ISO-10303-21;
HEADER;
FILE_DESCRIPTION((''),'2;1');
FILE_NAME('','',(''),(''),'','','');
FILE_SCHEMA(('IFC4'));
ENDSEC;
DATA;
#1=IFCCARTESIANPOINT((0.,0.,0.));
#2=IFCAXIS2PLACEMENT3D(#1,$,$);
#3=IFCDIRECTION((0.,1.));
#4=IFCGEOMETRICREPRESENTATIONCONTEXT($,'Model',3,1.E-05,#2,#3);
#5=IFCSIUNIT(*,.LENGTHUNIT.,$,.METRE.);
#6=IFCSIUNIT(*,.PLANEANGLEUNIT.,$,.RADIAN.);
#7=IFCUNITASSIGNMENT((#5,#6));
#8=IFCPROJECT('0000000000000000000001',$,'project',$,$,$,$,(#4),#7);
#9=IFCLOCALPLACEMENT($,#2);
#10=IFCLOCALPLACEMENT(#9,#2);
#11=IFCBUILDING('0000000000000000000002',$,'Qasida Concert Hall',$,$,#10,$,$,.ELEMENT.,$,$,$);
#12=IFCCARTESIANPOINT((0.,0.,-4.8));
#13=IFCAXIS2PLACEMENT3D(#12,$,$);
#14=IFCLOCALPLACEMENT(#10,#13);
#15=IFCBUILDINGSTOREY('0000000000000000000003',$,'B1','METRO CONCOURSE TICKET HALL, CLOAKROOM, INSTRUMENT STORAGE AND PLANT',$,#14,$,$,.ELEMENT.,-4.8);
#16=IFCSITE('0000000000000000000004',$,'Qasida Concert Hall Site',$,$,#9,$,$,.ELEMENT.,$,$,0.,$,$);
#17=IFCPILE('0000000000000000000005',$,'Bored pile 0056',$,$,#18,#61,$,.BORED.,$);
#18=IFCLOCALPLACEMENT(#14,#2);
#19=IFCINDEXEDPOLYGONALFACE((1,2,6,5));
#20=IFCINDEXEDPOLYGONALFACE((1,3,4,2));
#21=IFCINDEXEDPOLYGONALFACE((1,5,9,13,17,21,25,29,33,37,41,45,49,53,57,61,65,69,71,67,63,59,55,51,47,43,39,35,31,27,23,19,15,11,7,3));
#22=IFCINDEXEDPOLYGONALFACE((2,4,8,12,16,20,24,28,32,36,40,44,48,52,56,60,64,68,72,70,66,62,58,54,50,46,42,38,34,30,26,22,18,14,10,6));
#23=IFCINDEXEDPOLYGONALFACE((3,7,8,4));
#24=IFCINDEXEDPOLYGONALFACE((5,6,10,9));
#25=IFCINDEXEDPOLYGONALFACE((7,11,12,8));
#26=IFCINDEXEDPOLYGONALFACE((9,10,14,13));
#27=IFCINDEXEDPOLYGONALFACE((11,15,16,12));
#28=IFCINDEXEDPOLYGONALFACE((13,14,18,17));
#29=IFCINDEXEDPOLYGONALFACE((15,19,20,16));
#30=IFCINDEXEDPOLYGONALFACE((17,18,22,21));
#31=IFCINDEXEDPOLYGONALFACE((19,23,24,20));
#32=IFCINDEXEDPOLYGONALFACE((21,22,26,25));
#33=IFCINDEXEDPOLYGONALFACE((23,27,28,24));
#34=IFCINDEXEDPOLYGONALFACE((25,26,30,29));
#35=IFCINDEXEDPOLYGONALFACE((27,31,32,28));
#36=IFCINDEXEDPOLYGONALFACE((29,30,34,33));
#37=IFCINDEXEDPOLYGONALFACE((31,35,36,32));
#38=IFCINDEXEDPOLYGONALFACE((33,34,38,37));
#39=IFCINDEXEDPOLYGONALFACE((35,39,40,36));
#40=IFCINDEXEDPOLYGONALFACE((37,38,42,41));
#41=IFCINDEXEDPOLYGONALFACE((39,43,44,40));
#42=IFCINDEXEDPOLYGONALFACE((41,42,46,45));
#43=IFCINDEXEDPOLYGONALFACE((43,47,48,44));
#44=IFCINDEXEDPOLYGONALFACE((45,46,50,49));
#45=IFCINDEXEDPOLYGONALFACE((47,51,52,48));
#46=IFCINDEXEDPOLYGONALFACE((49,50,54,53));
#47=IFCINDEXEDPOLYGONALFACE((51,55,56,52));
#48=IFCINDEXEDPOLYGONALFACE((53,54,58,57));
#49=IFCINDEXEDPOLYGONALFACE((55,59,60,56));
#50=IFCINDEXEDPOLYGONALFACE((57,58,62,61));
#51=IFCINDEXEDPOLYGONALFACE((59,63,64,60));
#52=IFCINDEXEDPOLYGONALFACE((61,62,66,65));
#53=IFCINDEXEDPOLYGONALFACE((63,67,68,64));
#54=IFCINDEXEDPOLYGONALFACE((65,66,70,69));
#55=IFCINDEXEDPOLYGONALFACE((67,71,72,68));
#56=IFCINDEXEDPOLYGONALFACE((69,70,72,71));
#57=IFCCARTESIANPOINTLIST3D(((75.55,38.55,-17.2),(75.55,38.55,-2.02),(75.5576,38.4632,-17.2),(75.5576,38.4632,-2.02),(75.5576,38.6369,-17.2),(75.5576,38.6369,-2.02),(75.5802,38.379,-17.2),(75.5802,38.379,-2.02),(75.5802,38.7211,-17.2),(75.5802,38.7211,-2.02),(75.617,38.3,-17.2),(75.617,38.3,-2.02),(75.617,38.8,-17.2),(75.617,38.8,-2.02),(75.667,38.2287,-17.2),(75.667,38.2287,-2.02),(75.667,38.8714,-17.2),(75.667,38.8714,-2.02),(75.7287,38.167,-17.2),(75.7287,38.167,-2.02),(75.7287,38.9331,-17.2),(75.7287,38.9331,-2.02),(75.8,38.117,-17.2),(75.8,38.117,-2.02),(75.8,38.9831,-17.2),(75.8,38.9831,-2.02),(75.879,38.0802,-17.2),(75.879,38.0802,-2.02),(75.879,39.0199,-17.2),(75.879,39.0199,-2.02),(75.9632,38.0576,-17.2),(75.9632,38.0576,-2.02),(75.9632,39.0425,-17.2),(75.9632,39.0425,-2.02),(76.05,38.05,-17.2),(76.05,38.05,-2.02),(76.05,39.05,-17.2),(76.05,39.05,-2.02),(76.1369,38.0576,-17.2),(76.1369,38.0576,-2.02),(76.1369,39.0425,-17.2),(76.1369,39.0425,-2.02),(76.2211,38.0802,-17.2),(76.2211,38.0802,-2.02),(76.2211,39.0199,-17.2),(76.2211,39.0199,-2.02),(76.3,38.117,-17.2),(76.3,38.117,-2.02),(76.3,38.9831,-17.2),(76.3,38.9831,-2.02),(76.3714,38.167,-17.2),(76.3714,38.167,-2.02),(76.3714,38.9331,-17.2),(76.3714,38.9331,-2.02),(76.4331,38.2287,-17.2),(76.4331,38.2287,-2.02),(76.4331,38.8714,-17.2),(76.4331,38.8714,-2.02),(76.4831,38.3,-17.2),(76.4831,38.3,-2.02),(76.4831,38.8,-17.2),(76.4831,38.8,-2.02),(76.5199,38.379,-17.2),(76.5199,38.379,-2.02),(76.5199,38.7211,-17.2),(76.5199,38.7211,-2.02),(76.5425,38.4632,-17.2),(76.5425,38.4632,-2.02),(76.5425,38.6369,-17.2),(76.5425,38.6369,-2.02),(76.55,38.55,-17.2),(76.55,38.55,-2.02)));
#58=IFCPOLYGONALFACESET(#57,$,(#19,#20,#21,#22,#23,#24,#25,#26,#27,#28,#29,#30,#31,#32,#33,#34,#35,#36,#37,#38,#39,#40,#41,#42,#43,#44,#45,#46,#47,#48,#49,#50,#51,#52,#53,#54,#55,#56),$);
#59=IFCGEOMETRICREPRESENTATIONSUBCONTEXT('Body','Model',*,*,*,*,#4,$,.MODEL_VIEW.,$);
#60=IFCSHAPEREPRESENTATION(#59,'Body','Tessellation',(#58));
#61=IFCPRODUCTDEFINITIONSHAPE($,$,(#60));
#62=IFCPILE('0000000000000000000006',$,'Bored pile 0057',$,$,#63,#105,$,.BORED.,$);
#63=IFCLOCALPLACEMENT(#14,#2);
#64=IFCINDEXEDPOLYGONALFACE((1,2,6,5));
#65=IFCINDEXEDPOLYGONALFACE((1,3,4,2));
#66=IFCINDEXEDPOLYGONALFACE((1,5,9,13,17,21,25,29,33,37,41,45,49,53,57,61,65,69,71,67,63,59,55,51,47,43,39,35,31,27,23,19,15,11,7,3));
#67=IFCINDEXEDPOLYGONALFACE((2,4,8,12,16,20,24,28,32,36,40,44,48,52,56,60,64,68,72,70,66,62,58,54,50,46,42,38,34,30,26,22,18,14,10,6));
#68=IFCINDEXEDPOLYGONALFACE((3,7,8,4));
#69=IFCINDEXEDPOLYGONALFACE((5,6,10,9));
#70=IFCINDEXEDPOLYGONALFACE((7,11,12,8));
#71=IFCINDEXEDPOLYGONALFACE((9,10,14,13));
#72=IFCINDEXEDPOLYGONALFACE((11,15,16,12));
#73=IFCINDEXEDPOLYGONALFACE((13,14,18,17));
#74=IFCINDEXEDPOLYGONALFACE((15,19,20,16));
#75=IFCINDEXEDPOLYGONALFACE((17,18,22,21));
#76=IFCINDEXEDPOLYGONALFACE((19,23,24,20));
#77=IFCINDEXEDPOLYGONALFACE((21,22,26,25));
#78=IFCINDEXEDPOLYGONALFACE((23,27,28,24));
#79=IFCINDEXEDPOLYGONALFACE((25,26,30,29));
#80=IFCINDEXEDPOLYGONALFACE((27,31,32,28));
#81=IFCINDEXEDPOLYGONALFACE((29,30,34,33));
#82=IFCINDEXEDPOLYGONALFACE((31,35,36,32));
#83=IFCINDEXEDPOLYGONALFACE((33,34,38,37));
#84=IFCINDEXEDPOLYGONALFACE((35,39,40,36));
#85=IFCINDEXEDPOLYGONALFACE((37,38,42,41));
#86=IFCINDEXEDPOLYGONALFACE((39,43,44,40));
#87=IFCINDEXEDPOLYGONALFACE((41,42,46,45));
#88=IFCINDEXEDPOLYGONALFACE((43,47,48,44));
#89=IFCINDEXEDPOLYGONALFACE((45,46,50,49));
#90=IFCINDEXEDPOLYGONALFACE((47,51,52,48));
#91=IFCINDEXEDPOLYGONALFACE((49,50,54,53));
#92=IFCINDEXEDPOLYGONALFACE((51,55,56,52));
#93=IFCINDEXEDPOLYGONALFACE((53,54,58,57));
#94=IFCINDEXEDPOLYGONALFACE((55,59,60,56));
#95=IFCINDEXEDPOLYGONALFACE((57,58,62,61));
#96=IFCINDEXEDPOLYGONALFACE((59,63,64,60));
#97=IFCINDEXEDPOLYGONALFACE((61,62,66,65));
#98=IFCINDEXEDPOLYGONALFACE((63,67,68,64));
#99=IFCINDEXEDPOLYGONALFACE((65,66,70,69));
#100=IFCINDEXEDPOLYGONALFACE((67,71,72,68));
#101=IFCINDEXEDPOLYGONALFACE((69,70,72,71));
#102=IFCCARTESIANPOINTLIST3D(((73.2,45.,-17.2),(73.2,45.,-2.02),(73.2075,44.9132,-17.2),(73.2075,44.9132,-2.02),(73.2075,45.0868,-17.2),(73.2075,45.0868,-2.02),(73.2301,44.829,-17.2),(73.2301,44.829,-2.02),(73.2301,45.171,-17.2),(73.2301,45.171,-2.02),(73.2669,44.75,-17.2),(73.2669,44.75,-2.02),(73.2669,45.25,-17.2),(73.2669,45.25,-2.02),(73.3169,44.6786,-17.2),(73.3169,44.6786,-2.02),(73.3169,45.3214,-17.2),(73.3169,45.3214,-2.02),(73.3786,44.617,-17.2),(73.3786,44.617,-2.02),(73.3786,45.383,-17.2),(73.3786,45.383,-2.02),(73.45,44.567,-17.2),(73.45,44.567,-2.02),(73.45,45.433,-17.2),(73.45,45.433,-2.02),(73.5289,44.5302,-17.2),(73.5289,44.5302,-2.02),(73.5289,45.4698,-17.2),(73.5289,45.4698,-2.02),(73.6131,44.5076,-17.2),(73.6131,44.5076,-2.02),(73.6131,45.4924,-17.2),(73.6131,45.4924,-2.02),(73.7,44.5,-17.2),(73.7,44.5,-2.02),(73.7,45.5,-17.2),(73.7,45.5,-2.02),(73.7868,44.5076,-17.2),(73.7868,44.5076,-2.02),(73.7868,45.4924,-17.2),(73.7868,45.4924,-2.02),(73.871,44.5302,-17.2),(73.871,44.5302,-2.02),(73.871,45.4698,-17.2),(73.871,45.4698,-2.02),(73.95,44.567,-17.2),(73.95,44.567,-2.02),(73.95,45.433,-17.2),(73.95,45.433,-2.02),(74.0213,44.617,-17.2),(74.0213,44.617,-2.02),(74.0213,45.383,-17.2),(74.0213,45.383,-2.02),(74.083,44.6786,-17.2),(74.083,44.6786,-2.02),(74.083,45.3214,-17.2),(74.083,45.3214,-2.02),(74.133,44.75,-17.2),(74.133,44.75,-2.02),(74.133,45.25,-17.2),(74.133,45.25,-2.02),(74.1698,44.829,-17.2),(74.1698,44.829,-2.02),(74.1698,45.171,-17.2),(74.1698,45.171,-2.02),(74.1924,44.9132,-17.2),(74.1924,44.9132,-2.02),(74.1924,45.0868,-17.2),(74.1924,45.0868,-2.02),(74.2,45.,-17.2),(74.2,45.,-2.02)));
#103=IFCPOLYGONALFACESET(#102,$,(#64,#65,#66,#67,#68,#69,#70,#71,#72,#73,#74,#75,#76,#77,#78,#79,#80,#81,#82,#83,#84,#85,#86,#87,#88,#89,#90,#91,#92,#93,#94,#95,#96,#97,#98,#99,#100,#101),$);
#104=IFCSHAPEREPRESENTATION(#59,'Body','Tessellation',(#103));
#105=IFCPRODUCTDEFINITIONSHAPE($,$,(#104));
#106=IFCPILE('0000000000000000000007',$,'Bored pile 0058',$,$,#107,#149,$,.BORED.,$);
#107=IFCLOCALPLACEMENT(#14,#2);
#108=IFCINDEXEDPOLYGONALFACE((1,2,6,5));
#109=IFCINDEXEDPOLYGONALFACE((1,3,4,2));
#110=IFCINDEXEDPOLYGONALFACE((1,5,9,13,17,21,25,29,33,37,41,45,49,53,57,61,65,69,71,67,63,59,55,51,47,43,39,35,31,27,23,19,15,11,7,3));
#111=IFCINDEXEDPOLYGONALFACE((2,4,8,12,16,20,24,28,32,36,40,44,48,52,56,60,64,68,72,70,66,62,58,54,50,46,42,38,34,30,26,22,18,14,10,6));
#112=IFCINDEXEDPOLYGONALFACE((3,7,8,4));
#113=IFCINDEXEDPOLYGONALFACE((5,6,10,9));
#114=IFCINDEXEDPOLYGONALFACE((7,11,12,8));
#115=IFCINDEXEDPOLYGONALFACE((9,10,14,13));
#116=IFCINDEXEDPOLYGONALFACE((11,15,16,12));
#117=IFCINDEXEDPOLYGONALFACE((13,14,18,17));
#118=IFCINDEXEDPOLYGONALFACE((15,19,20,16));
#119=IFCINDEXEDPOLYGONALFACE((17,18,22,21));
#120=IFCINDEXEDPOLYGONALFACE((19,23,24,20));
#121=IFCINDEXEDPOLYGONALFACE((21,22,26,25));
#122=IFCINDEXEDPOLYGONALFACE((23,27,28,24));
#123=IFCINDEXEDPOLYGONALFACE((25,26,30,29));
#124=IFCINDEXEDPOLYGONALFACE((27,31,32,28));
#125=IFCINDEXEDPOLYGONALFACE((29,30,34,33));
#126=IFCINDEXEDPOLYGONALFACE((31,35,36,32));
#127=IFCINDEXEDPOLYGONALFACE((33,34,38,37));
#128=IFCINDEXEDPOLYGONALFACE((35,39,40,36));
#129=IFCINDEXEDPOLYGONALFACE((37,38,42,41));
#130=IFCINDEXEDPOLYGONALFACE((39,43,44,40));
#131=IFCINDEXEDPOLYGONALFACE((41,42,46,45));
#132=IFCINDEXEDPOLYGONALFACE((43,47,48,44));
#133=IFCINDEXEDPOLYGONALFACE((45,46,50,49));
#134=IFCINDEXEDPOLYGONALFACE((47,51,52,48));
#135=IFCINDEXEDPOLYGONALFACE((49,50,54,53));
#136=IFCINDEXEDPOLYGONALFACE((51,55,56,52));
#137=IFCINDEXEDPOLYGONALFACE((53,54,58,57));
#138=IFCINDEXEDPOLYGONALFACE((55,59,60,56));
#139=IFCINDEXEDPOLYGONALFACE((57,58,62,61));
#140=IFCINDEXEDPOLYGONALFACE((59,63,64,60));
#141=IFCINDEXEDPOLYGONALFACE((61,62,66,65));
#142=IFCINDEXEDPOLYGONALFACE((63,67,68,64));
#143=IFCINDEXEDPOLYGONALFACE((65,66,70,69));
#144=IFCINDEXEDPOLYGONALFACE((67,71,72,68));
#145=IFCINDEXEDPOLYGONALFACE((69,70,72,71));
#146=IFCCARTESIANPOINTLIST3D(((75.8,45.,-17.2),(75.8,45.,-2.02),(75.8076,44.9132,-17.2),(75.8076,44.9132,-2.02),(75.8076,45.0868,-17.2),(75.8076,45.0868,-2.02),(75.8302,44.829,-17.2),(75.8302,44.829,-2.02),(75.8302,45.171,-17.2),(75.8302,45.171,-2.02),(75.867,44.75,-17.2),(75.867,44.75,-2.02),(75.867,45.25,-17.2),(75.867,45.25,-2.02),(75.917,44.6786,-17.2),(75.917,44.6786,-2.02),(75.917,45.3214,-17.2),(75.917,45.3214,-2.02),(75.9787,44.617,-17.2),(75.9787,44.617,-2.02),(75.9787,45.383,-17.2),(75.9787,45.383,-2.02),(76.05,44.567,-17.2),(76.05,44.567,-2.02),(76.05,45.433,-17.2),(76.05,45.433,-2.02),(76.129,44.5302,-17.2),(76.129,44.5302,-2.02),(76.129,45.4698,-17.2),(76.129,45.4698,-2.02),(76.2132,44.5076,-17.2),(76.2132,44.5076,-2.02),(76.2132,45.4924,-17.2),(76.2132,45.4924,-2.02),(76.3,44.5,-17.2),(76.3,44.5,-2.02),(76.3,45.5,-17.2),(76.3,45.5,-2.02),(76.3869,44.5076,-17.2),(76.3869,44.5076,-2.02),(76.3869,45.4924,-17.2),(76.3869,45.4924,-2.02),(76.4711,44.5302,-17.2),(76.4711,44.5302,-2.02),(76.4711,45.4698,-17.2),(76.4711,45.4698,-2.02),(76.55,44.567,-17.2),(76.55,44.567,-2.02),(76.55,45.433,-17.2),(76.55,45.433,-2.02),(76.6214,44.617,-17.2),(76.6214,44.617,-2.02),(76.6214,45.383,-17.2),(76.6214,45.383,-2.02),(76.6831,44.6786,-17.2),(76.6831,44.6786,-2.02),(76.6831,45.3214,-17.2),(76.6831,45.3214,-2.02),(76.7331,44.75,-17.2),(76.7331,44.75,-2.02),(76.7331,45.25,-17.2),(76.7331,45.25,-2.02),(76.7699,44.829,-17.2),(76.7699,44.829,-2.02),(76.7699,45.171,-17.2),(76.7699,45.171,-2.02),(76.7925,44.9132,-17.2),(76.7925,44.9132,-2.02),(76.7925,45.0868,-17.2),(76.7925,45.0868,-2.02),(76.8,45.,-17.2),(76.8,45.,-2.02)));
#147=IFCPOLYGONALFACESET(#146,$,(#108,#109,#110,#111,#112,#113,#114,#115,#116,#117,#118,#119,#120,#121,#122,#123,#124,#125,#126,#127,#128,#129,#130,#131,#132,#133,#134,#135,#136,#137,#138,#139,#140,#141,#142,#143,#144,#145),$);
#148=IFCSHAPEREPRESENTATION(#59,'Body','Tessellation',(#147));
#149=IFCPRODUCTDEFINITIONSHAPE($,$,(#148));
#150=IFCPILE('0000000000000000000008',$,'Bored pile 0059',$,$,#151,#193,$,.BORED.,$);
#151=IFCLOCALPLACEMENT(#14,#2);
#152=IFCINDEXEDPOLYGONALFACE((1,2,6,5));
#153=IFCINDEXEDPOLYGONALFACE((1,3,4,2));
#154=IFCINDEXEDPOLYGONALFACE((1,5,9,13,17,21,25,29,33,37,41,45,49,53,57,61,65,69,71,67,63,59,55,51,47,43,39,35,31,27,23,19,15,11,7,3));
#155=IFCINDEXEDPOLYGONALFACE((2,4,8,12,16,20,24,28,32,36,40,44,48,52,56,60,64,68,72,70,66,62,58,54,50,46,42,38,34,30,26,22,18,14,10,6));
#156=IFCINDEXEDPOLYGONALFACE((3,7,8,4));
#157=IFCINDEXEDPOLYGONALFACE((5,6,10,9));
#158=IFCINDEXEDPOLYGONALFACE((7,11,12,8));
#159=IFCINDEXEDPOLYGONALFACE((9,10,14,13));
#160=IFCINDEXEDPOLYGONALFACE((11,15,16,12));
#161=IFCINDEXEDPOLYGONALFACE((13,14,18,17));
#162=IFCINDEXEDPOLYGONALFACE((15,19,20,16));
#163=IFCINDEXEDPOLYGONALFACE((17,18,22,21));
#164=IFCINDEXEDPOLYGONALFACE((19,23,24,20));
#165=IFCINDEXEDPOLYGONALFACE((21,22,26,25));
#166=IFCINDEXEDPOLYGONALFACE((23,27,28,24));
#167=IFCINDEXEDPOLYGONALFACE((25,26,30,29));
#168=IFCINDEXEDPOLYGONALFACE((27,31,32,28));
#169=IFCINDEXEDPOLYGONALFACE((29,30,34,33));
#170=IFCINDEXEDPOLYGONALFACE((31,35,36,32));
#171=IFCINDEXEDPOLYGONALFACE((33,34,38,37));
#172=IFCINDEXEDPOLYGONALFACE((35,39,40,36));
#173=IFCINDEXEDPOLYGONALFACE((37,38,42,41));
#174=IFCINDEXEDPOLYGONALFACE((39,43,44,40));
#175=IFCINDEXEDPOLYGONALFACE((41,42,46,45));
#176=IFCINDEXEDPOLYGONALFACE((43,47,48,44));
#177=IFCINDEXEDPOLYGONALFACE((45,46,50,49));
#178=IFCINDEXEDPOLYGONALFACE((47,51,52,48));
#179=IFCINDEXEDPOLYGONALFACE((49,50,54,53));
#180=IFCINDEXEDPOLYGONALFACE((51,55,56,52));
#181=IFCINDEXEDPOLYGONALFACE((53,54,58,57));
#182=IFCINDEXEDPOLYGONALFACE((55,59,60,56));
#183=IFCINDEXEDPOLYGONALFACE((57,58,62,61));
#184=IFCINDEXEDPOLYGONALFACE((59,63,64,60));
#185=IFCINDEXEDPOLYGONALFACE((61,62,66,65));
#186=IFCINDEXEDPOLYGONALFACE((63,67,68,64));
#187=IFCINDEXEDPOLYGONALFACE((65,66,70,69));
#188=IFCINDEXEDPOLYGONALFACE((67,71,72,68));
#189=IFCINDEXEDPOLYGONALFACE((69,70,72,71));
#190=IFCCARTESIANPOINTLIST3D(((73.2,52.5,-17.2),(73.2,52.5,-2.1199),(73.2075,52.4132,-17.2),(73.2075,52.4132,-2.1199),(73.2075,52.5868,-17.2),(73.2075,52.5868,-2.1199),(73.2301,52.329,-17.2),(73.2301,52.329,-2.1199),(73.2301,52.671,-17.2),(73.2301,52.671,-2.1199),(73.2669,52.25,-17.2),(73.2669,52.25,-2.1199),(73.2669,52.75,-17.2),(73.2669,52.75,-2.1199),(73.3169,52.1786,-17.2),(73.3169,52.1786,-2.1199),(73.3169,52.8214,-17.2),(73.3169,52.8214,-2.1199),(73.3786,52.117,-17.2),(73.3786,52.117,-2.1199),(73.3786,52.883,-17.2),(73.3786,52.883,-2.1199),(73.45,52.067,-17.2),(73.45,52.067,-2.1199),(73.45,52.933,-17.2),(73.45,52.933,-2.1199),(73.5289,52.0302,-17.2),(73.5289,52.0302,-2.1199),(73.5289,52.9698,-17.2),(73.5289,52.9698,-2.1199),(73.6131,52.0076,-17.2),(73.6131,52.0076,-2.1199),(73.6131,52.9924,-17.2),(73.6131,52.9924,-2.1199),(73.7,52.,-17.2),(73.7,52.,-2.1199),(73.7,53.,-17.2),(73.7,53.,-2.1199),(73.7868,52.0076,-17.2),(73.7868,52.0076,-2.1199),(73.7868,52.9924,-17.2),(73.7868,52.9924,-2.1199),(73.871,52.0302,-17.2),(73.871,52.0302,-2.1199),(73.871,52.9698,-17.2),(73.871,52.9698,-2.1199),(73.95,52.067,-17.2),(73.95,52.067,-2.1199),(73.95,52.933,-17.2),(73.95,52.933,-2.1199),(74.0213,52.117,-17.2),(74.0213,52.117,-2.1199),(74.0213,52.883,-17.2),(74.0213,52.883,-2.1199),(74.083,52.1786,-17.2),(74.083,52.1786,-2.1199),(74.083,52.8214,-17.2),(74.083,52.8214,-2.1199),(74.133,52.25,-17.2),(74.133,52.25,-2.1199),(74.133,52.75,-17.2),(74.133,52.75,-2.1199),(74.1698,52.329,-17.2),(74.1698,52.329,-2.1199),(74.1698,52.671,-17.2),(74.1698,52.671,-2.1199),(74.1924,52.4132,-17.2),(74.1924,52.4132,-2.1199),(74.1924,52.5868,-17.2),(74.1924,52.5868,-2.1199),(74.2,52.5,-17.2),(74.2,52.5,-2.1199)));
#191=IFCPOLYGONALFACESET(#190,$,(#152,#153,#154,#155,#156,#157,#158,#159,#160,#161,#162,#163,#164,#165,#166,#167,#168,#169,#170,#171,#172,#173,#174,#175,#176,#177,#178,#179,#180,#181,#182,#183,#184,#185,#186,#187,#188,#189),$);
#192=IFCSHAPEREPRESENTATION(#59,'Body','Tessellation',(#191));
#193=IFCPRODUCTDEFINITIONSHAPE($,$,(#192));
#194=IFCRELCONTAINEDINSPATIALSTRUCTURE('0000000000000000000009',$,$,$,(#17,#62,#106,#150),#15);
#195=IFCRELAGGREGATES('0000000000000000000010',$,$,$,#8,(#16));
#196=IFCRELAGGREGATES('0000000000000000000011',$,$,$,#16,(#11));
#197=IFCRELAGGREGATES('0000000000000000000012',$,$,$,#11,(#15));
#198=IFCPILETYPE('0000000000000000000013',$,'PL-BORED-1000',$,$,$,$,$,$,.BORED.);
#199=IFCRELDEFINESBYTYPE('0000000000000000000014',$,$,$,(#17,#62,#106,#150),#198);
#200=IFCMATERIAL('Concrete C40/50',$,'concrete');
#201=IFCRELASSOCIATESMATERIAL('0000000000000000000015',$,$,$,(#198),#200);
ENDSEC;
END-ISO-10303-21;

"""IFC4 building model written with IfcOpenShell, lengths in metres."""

from ifc_helpers import new_model, si_unit, direction, frame, origin, origin_2d, place, context, subcontext, project, spatial, circle, extrude, material, material_profile, profile_set, type_object, element, save


model = new_model("IFC4")

# Units and contexts
model_context = context("Model", 3, precision=1e-05, world=origin(), true_north=direction((0.0, 1.0)))
body_context = subcontext(model_context, "Body", "Model", "MODEL_VIEW")
ifc_project = project(units=[si_unit("LENGTHUNIT", "METRE"), si_unit("PLANEANGLEUNIT", "RADIAN")], contexts=[model_context])

# Site, building, storey
site_placement = place(None, origin())
site = spatial("IfcSite", under=ifc_project, at=site_placement, Name="Qasida Concert Hall Site", CompositionType="ELEMENT", RefElevation=0.0)
building_placement = place(site_placement, origin())
building = spatial("IfcBuilding", under=site, at=building_placement, Name="Qasida Concert Hall", CompositionType="ELEMENT")
storey_placement = place(building_placement, frame((0.0, 0.0, -4.8)))
storey = spatial("IfcBuildingStorey", under=building, at=storey_placement, Name="B1", Description="METRO CONCOURSE TICKET HALL, CLOAKROOM, INSTRUMENT STORAGE AND PLANT", CompositionType="ELEMENT", Elevation=-4.8)

# Shared definitions
ifc_material_1 = material(Name="Concrete C40/50", Category="concrete")

# Piles
ifc_material_profile_1 = material_profile(ifc_material_1, circle(Radius=0.5, at=origin_2d()), Name="BORED PILE D1000")
ifc_profile_set_1 = profile_set([ifc_material_profile_1], Name="Concrete C40/50")
pile_type_1 = type_object("IfcPileType", Name="PL-BORED-1000", PredefinedType="BORED", material=ifc_profile_set_1)
for number, where, z_axis, x_axis, name in (
    (1, (76.05, 38.55, -2.02), (0.0, 0.0, -1.0), (1.0, 0.0, 0.0), "Bored pile 0056"),
    (2, (73.7, 45.0, -2.02), (0.0, 0.0, -1.0), (1.0, 0.0, 0.0), "Bored pile 0057"),
    (3, (76.3, 45.0, -2.02), (0.0, 0.0, -1.0), (1.0, 0.0, 0.0), "Bored pile 0058"),
):
    element("IfcPile", number, at=place(storey_placement, frame(where, z_axis=z_axis, x_axis=x_axis)), inside=storey, type_object=pile_type_1, Name=name, PredefinedType="BORED", context=body_context, shape_type="SweptSolid", body=[
        extrude(circle(Radius=0.5, at=origin_2d()), origin(), (0.0, 0.0, 1.0), 15.1799),
    ])
pile_1_placement = place(storey_placement, frame((73.7, 52.5, -2.1199), z_axis=(0.0, 0.0, -1.0), x_axis=(1.0, 0.0, 0.0)))
element("IfcPile", 4, at=pile_1_placement, inside=storey, type_object=pile_type_1, Name="Bored pile 0059", PredefinedType="BORED", context=body_context, shape_type="SweptSolid", body=[
    extrude(circle(Radius=0.5, at=origin_2d()), origin(), (0.0, 0.0, 1.0), 15.0801),
])

save(model, "model.ifc")
